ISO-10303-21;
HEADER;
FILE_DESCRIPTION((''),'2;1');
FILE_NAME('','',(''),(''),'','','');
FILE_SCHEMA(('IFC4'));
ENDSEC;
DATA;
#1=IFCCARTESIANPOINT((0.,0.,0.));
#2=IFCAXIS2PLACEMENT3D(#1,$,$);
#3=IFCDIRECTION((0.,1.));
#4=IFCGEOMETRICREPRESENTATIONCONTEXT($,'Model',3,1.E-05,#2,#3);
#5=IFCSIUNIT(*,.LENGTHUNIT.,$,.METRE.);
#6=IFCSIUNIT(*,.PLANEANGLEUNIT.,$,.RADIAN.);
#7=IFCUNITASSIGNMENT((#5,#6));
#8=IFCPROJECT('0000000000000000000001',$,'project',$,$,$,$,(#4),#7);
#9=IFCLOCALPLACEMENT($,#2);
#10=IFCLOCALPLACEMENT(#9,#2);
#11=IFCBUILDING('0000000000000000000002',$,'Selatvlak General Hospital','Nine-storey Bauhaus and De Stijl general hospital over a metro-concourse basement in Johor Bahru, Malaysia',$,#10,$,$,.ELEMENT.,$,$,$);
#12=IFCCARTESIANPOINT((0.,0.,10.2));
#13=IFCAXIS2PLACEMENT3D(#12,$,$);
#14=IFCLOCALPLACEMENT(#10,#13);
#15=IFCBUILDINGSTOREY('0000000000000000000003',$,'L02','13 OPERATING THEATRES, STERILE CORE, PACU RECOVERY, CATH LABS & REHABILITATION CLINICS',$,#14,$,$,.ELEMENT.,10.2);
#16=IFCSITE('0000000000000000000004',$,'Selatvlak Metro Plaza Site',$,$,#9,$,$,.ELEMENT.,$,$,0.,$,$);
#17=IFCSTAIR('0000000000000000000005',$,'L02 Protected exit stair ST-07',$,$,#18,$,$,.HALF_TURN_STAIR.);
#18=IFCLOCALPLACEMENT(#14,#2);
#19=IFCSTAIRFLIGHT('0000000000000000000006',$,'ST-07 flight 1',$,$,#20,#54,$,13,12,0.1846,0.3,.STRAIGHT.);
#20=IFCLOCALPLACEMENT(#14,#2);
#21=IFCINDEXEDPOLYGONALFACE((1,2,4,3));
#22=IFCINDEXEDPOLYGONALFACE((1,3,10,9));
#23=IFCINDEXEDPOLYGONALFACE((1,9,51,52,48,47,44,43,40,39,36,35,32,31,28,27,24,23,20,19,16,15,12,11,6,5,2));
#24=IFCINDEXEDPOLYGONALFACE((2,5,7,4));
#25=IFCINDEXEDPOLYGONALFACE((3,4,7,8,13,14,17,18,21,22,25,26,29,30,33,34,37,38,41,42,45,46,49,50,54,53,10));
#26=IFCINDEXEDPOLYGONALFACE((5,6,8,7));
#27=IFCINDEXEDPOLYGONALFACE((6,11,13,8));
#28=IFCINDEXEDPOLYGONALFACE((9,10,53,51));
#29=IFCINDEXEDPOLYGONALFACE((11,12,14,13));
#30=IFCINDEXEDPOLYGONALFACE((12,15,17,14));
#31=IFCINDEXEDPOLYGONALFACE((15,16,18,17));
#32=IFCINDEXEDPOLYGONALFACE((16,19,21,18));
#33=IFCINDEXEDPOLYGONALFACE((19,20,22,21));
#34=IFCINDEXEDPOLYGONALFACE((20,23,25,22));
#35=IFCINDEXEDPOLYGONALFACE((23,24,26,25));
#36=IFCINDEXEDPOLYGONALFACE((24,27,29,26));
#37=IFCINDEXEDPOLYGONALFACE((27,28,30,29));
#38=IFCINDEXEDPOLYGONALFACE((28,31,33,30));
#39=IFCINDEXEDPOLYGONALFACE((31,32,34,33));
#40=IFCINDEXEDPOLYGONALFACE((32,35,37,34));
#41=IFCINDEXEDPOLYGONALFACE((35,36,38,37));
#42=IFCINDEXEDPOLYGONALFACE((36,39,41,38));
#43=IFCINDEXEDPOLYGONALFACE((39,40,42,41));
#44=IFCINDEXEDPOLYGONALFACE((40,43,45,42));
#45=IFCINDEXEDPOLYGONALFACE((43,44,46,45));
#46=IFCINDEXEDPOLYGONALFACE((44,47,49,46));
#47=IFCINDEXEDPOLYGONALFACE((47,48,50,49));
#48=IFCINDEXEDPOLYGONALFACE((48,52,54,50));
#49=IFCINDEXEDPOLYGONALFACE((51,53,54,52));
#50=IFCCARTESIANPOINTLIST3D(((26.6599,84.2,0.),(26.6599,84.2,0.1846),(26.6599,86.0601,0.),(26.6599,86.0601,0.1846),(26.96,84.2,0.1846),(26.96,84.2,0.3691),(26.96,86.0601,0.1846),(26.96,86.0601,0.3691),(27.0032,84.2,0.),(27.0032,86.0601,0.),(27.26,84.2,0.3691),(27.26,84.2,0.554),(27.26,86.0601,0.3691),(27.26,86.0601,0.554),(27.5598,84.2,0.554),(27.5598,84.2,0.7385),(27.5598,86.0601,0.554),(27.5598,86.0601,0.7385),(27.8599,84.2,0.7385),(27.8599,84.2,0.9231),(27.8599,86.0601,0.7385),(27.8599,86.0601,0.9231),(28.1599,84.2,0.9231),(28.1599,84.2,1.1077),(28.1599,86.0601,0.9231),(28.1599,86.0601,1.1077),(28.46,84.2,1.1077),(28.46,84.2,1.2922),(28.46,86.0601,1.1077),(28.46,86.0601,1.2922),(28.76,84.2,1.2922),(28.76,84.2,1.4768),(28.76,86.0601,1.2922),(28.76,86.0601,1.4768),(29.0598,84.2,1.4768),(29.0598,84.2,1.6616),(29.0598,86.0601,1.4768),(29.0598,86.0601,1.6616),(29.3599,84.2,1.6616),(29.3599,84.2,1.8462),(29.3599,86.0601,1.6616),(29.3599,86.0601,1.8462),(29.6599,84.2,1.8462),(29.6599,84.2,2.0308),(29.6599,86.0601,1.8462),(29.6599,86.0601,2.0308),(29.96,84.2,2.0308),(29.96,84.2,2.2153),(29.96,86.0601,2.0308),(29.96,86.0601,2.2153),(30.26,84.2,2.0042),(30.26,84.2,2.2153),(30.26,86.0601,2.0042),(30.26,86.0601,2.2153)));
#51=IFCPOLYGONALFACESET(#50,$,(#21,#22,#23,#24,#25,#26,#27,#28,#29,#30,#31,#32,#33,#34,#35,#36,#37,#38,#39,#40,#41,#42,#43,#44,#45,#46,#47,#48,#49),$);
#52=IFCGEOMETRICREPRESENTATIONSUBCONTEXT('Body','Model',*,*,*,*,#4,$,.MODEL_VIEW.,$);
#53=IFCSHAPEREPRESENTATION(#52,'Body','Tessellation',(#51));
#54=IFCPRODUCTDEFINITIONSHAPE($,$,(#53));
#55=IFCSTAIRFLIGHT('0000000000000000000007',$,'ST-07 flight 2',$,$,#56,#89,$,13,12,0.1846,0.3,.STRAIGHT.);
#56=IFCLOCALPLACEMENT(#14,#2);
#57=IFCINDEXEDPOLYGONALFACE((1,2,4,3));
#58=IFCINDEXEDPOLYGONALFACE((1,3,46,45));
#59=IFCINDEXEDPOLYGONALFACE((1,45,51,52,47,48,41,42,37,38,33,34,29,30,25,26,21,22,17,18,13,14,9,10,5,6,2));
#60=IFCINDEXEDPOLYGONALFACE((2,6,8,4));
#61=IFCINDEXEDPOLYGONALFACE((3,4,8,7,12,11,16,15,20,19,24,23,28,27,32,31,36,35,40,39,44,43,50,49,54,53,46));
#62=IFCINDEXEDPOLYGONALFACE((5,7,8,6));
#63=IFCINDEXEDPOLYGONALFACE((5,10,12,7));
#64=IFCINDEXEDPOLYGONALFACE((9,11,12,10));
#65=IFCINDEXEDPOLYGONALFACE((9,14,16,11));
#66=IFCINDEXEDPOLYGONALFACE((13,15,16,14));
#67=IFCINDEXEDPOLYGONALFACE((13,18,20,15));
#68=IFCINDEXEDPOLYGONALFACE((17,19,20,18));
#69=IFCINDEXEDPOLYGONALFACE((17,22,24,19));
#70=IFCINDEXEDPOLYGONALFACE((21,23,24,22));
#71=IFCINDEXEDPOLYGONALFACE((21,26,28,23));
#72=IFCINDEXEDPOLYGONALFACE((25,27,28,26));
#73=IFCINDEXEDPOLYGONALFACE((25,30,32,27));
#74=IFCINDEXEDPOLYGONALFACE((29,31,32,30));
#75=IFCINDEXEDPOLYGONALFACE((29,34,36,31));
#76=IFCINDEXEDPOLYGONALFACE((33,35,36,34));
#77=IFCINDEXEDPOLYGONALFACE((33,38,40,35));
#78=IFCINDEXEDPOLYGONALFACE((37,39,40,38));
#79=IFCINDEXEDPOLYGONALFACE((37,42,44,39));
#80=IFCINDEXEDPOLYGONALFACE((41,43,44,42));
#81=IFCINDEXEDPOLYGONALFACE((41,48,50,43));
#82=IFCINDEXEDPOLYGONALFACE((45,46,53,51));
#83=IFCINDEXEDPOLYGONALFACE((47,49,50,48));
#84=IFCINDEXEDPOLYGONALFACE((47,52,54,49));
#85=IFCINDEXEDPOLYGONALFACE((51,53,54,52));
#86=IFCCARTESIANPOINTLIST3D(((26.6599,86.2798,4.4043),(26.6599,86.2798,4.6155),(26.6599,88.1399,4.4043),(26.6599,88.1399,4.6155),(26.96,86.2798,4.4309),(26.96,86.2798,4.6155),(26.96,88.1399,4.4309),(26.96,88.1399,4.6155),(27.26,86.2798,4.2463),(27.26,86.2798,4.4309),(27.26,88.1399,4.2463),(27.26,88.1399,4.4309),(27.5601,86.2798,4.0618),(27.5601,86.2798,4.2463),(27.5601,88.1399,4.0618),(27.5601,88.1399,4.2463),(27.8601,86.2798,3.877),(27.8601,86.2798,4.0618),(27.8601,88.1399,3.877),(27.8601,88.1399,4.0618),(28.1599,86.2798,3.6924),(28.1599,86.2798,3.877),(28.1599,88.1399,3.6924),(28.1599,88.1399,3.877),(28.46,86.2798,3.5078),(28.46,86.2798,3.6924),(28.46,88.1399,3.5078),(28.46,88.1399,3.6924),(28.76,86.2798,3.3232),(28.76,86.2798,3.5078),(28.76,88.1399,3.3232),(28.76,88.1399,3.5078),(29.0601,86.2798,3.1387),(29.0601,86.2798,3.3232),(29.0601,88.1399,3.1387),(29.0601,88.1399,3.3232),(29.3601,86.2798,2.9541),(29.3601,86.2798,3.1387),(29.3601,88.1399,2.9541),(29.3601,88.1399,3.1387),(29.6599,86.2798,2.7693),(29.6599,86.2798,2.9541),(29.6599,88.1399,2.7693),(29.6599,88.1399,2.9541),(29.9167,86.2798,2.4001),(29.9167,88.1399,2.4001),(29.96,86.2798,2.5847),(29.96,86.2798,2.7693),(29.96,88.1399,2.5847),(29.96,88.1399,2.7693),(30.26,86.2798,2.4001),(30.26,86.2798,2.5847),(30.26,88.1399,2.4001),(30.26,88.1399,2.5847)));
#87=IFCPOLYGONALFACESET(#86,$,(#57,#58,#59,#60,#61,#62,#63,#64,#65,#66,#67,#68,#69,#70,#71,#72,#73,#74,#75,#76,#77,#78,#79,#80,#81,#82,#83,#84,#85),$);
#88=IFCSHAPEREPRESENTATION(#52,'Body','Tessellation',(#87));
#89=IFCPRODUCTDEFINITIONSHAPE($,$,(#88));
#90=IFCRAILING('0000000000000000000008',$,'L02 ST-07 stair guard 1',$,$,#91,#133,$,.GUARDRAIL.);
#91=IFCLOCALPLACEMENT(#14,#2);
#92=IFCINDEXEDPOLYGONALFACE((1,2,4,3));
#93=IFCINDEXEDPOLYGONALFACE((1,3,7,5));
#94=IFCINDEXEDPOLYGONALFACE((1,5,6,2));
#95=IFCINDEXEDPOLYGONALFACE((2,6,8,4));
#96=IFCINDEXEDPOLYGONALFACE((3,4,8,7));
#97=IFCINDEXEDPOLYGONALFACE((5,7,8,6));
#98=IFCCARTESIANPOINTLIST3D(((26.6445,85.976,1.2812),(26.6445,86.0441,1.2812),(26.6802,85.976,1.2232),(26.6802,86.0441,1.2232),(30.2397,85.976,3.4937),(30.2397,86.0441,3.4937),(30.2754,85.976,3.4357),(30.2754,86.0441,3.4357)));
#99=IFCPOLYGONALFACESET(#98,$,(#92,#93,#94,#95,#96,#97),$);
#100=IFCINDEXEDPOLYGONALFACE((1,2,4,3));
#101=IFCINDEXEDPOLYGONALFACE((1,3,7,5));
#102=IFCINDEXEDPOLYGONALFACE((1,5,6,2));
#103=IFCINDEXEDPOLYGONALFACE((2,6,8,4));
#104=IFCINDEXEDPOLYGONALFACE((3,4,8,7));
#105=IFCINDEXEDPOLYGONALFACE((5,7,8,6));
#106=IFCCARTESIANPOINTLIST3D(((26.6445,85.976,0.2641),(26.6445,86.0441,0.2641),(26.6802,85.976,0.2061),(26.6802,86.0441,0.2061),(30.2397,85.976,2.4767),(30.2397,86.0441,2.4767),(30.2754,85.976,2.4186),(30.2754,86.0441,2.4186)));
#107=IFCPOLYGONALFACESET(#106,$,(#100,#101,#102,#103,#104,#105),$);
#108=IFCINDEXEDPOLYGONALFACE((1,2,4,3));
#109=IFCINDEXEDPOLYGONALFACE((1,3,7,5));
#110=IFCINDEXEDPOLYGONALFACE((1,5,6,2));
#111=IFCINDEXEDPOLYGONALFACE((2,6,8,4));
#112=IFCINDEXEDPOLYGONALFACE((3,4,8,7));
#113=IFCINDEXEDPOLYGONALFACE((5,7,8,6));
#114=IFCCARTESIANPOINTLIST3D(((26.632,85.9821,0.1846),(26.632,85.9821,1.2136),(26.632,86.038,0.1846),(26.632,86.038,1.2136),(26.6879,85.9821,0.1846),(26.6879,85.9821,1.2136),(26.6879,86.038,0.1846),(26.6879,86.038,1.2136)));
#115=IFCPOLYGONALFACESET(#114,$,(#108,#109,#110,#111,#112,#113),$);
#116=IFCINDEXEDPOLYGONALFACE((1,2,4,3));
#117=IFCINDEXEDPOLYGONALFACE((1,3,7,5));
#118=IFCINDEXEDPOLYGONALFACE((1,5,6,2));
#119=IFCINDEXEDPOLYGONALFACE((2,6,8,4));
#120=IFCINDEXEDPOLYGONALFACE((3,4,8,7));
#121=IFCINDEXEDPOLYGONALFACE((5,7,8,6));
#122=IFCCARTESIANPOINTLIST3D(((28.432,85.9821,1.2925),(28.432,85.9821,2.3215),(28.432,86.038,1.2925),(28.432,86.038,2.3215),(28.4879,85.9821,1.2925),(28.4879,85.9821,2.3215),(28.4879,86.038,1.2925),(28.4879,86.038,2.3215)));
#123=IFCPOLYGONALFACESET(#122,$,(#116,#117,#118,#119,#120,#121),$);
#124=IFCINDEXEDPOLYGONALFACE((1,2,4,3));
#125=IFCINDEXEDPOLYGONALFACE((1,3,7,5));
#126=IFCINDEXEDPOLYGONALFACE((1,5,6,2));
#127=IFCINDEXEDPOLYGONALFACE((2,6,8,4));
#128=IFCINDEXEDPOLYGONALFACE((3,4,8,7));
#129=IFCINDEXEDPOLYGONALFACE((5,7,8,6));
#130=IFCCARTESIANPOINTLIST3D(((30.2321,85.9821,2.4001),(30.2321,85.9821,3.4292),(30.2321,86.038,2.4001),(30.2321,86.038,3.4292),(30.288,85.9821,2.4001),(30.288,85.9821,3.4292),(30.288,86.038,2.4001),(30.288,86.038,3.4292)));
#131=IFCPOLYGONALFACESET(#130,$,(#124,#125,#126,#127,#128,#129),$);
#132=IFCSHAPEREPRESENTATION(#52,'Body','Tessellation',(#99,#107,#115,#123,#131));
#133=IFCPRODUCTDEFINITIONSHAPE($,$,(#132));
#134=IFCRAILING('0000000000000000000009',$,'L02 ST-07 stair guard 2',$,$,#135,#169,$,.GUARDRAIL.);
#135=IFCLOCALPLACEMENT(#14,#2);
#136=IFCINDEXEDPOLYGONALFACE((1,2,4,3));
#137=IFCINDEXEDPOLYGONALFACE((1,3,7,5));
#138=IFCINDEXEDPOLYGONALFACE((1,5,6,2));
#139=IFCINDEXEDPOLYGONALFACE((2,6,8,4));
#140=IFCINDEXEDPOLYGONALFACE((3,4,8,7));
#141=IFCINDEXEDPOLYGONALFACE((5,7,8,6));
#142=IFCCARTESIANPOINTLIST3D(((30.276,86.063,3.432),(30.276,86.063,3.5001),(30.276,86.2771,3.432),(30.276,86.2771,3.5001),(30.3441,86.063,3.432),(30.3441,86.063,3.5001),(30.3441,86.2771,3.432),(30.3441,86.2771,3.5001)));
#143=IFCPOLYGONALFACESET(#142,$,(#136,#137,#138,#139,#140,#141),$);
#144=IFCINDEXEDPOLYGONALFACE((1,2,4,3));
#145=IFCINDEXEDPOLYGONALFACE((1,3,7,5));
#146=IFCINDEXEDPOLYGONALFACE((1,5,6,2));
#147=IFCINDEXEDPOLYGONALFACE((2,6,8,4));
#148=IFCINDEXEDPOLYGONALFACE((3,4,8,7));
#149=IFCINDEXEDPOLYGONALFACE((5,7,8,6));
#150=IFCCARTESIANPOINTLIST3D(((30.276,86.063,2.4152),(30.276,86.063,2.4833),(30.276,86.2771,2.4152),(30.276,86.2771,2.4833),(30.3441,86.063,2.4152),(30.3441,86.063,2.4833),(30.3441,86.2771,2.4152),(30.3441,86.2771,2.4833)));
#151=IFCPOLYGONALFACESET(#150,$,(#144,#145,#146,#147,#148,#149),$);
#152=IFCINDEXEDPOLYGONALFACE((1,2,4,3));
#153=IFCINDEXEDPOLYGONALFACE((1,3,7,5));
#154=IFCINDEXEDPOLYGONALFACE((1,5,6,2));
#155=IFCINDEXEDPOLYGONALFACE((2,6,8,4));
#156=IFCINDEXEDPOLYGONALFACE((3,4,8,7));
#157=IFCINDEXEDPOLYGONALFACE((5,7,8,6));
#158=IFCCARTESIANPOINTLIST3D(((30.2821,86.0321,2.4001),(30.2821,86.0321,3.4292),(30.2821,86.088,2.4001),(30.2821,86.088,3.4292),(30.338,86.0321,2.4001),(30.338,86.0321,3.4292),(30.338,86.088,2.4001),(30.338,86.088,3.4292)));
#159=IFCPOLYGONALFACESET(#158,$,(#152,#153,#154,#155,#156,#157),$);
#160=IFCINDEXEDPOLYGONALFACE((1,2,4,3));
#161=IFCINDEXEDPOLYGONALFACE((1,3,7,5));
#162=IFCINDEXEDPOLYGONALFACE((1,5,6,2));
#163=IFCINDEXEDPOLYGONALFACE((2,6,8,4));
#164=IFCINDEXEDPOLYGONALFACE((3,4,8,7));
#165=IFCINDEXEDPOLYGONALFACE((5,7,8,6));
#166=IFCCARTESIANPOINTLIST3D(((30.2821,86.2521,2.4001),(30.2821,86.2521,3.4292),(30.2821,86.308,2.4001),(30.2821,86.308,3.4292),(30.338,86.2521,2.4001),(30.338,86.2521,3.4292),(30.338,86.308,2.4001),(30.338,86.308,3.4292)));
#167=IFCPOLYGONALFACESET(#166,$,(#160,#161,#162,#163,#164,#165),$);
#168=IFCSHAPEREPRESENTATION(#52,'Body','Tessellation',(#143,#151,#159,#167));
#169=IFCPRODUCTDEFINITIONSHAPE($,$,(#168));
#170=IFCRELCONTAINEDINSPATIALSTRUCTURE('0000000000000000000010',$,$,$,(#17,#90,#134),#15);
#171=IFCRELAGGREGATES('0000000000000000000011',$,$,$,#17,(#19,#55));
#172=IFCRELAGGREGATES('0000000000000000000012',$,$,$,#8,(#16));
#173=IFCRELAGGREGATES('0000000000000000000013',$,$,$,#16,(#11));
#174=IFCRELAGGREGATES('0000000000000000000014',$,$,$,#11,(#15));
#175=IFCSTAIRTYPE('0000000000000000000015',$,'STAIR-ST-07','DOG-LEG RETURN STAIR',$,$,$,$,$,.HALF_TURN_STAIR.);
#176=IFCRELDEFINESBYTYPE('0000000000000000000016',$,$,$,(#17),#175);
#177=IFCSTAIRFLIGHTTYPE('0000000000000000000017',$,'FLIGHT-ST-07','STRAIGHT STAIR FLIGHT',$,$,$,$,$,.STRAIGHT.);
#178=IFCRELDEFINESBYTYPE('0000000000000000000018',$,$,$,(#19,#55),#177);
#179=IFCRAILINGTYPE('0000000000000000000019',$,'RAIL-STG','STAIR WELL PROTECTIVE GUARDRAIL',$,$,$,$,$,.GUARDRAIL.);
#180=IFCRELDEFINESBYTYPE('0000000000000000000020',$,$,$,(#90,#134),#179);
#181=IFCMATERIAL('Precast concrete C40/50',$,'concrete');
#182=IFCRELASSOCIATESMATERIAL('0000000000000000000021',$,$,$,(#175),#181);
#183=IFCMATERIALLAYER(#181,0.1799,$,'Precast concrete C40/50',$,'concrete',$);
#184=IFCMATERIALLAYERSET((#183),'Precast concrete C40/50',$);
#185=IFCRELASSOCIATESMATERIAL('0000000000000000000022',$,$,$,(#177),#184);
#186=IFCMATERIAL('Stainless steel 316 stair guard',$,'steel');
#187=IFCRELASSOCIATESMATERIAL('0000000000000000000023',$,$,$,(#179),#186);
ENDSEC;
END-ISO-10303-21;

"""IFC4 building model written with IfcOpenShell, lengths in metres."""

from ifc_helpers import new_model, si_unit, direction, frame, origin, origin_2d, place, context, subcontext, project, spatial, polyline, rectangle, outline, extrude, material, layer, layer_set, type_object, element, aggregate, save


model = new_model("IFC4")

# Units and contexts
model_context = context("Model", 3, precision=1e-05, world=origin(), true_north=direction((0.0, 1.0)))
body_context = subcontext(model_context, "Body", "Model", "MODEL_VIEW")
ifc_project = project(units=[si_unit("LENGTHUNIT", "METRE"), si_unit("PLANEANGLEUNIT", "RADIAN")], contexts=[model_context])

# Site, building, storey
site_placement = place(None, origin())
site = spatial("IfcSite", under=ifc_project, at=site_placement, Name="Selatvlak Metro Plaza Site", CompositionType="ELEMENT", RefElevation=0.0)
building_placement = place(site_placement, origin())
building = spatial("IfcBuilding", under=site, at=building_placement, Name="Selatvlak General Hospital", Description="Nine-storey Bauhaus and De Stijl general hospital over a metro-concourse basement in Johor Bahru, Malaysia", CompositionType="ELEMENT")
storey_placement = place(building_placement, frame((0.0, 0.0, 10.2)))
storey = spatial("IfcBuildingStorey", under=building, at=storey_placement, Name="L02", Description="13 OPERATING THEATRES, STERILE CORE, PACU RECOVERY, CATH LABS & REHABILITATION CLINICS", CompositionType="ELEMENT", Elevation=10.2)

# Stair, stair flights
ifc_material_1 = material(Name="Precast concrete C40/50", Category="concrete")
stair_type = type_object("IfcStairType", Name="STAIR-ST-07", Description="DOG-LEG RETURN STAIR", PredefinedType="HALF_TURN_STAIR", material=ifc_material_1)
stair_placement = place(storey_placement, origin())
stair = element("IfcStair", 1, at=stair_placement, inside=storey, type_object=stair_type, Name="L02 Protected exit stair ST-07", PredefinedType="HALF_TURN_STAIR")
ifc_layer_1 = layer(ifc_material_1, 0.1799, Name="Precast concrete C40/50", Category="concrete")
ifc_layer_set_1 = layer_set([ifc_layer_1], Name="Precast concrete C40/50")
stair_flight_type = type_object("IfcStairFlightType", Name="FLIGHT-ST-07", Description="STRAIGHT STAIR FLIGHT", PredefinedType="STRAIGHT", material=ifc_layer_set_1)
stair_flight_1_placement = place(storey_placement, frame((26.6599, 85.1299, 0.0), z_axis=(0.0, 0.0, 1.0), x_axis=(1.0, 0.0, 0.0)))
stair_flight_1 = element("IfcStairFlight", 2, at=stair_flight_1_placement, type_object=stair_flight_type, Name="ST-07 flight 1", NumberOfRisers=13, NumberOfTreads=12, PredefinedType="STRAIGHT", RiserHeight=0.1846, TreadLength=0.3, context=body_context, shape_type="SweptSolid", body=[
    extrude(outline(polyline([(0.0, 0.0), (0.0, 0.1846), (0.3, 0.1846), (0.3, 0.3691), (0.6001, 0.3691), (0.6001, 0.554), (0.8999, 0.554), (0.8999, 0.7385), (1.2, 0.7385), (1.2, 0.9231), (1.5, 0.9231), (1.5, 1.1077), (1.8, 1.1077), (1.8, 1.2922), (2.1001, 1.2922), (2.1001, 1.4768), (2.3999, 1.4768), (2.3999, 1.6616), (2.7, 1.6616), (2.7, 1.8462), (3.0, 1.8462), (3.0, 2.0308), (3.3, 2.0308), (3.3, 2.2153), (3.6001, 2.2153), (3.6001, 2.3999), (3.6001, 2.0042), (0.3433, 0.0), (0.0, 0.0)])), frame((0.0, 0.9302, 0.0), z_axis=(0.0, -1.0, 0.0), x_axis=(1.0, 0.0, 0.0)), (0.0, 0.0, 1.0), 1.8601),
])
stair_flight_2_placement = place(storey_placement, frame((30.26, 87.21, 2.4001), z_axis=(0.0, 0.0, 1.0), x_axis=(-1.0, 0.0, 0.0)))
stair_flight_2 = element("IfcStairFlight", 3, at=stair_flight_2_placement, type_object=stair_flight_type, Name="ST-07 flight 2", NumberOfRisers=13, NumberOfTreads=12, PredefinedType="STRAIGHT", RiserHeight=0.1846, TreadLength=0.3, context=body_context, shape_type="SweptSolid", body=[
    extrude(outline(polyline([(0.0, 0.0), (0.0, 0.1846), (0.3, 0.1846), (0.3, 0.3691), (0.6001, 0.3691), (0.6001, 0.554), (0.8999, 0.554), (0.8999, 0.7385), (1.2, 0.7385), (1.2, 0.9231), (1.5, 0.9231), (1.5, 1.1077), (1.8, 1.1077), (1.8, 1.2922), (2.1001, 1.2922), (2.1001, 1.4768), (2.3999, 1.4768), (2.3999, 1.6616), (2.7, 1.6616), (2.7, 1.8462), (3.0, 1.8462), (3.0, 2.0308), (3.3, 2.0308), (3.3, 2.2153), (3.6001, 2.2153), (3.6001, 2.3999), (3.6001, 2.0042), (0.3433, 0.0), (0.0, 0.0)])), frame((0.0, 0.9302, 0.0), z_axis=(0.0, -1.0, 0.0), x_axis=(1.0, 0.0, 0.0)), (0.0, 0.0, 1.0), 1.8601),
])
aggregate(stair, [stair_flight_1, stair_flight_2])

# Railings
ifc_material_2 = material(Name="Stainless steel 316 stair guard", Category="steel")
railing_type_1 = type_object("IfcRailingType", Name="RAIL-STG", Description="STAIR WELL PROTECTIVE GUARDRAIL", PredefinedType="GUARDRAIL", material=ifc_material_2)
railing_1_placement = place(storey_placement, frame((26.6599, 86.01, 0.1846)))
element("IfcRailing", 4, at=railing_1_placement, inside=storey, type_object=railing_type_1, Name="L02 ST-07 stair guard 1", PredefinedType="GUARDRAIL", context=body_context, shape_type="SweptSolid", body=[
    extrude(rectangle(XDim=0.0681, YDim=0.0681, at=origin_2d()), frame((0.0024, 0.0, 1.0676), z_axis=(0.851644, 0.0, 0.52412), x_axis=(0.0, 1.0, 0.0)), (0.0, 0.0, 1.0), 4.2214),
    extrude(rectangle(XDim=0.0681, YDim=0.0681, at=origin_2d()), frame((0.0024, 0.0, 0.0505), z_axis=(0.851644, 0.0, 0.52412), x_axis=(0.0, 1.0, 0.0)), (0.0, 0.0, 1.0), 4.2214),
    extrude(rectangle(XDim=0.0559, YDim=0.0559, at=origin_2d()), origin(), (0.0, 0.0, 1.0), 1.0291),
    extrude(rectangle(XDim=0.0559, YDim=0.0559, at=origin_2d()), frame((1.8, 0.0, 1.1079)), (0.0, 0.0, 1.0), 1.0291),
    extrude(rectangle(XDim=0.0559, YDim=0.0559, at=origin_2d()), frame((3.6001, 0.0, 2.2156)), (0.0, 0.0, 1.0), 1.0291),
])
railing_2_placement = place(storey_placement, frame((30.3101, 86.0601, 2.4001)))
element("IfcRailing", 5, at=railing_2_placement, inside=storey, type_object=railing_type_1, Name="L02 ST-07 stair guard 2", PredefinedType="GUARDRAIL", context=body_context, shape_type="SweptSolid", body=[
    extrude(rectangle(XDim=0.0681, YDim=0.0681, at=origin_2d()), frame((0.0, 0.0029, 1.0659), z_axis=(0.0, 1.0, 0.0), x_axis=(-1.0, 0.0, 0.0)), (0.0, 0.0, 1.0), 0.2141),
    extrude(rectangle(XDim=0.0681, YDim=0.0681, at=origin_2d()), frame((0.0, 0.0029, 0.0491), z_axis=(0.0, 1.0, 0.0), x_axis=(-1.0, 0.0, 0.0)), (0.0, 0.0, 1.0), 0.2141),
    extrude(rectangle(XDim=0.0559, YDim=0.0559, at=origin_2d()), origin(), (0.0, 0.0, 1.0), 1.0291),
    extrude(rectangle(XDim=0.0559, YDim=0.0559, at=origin_2d()), frame((0.0, 0.22, 0.0)), (0.0, 0.0, 1.0), 1.0291),
])

save(model, "model.ifc")
